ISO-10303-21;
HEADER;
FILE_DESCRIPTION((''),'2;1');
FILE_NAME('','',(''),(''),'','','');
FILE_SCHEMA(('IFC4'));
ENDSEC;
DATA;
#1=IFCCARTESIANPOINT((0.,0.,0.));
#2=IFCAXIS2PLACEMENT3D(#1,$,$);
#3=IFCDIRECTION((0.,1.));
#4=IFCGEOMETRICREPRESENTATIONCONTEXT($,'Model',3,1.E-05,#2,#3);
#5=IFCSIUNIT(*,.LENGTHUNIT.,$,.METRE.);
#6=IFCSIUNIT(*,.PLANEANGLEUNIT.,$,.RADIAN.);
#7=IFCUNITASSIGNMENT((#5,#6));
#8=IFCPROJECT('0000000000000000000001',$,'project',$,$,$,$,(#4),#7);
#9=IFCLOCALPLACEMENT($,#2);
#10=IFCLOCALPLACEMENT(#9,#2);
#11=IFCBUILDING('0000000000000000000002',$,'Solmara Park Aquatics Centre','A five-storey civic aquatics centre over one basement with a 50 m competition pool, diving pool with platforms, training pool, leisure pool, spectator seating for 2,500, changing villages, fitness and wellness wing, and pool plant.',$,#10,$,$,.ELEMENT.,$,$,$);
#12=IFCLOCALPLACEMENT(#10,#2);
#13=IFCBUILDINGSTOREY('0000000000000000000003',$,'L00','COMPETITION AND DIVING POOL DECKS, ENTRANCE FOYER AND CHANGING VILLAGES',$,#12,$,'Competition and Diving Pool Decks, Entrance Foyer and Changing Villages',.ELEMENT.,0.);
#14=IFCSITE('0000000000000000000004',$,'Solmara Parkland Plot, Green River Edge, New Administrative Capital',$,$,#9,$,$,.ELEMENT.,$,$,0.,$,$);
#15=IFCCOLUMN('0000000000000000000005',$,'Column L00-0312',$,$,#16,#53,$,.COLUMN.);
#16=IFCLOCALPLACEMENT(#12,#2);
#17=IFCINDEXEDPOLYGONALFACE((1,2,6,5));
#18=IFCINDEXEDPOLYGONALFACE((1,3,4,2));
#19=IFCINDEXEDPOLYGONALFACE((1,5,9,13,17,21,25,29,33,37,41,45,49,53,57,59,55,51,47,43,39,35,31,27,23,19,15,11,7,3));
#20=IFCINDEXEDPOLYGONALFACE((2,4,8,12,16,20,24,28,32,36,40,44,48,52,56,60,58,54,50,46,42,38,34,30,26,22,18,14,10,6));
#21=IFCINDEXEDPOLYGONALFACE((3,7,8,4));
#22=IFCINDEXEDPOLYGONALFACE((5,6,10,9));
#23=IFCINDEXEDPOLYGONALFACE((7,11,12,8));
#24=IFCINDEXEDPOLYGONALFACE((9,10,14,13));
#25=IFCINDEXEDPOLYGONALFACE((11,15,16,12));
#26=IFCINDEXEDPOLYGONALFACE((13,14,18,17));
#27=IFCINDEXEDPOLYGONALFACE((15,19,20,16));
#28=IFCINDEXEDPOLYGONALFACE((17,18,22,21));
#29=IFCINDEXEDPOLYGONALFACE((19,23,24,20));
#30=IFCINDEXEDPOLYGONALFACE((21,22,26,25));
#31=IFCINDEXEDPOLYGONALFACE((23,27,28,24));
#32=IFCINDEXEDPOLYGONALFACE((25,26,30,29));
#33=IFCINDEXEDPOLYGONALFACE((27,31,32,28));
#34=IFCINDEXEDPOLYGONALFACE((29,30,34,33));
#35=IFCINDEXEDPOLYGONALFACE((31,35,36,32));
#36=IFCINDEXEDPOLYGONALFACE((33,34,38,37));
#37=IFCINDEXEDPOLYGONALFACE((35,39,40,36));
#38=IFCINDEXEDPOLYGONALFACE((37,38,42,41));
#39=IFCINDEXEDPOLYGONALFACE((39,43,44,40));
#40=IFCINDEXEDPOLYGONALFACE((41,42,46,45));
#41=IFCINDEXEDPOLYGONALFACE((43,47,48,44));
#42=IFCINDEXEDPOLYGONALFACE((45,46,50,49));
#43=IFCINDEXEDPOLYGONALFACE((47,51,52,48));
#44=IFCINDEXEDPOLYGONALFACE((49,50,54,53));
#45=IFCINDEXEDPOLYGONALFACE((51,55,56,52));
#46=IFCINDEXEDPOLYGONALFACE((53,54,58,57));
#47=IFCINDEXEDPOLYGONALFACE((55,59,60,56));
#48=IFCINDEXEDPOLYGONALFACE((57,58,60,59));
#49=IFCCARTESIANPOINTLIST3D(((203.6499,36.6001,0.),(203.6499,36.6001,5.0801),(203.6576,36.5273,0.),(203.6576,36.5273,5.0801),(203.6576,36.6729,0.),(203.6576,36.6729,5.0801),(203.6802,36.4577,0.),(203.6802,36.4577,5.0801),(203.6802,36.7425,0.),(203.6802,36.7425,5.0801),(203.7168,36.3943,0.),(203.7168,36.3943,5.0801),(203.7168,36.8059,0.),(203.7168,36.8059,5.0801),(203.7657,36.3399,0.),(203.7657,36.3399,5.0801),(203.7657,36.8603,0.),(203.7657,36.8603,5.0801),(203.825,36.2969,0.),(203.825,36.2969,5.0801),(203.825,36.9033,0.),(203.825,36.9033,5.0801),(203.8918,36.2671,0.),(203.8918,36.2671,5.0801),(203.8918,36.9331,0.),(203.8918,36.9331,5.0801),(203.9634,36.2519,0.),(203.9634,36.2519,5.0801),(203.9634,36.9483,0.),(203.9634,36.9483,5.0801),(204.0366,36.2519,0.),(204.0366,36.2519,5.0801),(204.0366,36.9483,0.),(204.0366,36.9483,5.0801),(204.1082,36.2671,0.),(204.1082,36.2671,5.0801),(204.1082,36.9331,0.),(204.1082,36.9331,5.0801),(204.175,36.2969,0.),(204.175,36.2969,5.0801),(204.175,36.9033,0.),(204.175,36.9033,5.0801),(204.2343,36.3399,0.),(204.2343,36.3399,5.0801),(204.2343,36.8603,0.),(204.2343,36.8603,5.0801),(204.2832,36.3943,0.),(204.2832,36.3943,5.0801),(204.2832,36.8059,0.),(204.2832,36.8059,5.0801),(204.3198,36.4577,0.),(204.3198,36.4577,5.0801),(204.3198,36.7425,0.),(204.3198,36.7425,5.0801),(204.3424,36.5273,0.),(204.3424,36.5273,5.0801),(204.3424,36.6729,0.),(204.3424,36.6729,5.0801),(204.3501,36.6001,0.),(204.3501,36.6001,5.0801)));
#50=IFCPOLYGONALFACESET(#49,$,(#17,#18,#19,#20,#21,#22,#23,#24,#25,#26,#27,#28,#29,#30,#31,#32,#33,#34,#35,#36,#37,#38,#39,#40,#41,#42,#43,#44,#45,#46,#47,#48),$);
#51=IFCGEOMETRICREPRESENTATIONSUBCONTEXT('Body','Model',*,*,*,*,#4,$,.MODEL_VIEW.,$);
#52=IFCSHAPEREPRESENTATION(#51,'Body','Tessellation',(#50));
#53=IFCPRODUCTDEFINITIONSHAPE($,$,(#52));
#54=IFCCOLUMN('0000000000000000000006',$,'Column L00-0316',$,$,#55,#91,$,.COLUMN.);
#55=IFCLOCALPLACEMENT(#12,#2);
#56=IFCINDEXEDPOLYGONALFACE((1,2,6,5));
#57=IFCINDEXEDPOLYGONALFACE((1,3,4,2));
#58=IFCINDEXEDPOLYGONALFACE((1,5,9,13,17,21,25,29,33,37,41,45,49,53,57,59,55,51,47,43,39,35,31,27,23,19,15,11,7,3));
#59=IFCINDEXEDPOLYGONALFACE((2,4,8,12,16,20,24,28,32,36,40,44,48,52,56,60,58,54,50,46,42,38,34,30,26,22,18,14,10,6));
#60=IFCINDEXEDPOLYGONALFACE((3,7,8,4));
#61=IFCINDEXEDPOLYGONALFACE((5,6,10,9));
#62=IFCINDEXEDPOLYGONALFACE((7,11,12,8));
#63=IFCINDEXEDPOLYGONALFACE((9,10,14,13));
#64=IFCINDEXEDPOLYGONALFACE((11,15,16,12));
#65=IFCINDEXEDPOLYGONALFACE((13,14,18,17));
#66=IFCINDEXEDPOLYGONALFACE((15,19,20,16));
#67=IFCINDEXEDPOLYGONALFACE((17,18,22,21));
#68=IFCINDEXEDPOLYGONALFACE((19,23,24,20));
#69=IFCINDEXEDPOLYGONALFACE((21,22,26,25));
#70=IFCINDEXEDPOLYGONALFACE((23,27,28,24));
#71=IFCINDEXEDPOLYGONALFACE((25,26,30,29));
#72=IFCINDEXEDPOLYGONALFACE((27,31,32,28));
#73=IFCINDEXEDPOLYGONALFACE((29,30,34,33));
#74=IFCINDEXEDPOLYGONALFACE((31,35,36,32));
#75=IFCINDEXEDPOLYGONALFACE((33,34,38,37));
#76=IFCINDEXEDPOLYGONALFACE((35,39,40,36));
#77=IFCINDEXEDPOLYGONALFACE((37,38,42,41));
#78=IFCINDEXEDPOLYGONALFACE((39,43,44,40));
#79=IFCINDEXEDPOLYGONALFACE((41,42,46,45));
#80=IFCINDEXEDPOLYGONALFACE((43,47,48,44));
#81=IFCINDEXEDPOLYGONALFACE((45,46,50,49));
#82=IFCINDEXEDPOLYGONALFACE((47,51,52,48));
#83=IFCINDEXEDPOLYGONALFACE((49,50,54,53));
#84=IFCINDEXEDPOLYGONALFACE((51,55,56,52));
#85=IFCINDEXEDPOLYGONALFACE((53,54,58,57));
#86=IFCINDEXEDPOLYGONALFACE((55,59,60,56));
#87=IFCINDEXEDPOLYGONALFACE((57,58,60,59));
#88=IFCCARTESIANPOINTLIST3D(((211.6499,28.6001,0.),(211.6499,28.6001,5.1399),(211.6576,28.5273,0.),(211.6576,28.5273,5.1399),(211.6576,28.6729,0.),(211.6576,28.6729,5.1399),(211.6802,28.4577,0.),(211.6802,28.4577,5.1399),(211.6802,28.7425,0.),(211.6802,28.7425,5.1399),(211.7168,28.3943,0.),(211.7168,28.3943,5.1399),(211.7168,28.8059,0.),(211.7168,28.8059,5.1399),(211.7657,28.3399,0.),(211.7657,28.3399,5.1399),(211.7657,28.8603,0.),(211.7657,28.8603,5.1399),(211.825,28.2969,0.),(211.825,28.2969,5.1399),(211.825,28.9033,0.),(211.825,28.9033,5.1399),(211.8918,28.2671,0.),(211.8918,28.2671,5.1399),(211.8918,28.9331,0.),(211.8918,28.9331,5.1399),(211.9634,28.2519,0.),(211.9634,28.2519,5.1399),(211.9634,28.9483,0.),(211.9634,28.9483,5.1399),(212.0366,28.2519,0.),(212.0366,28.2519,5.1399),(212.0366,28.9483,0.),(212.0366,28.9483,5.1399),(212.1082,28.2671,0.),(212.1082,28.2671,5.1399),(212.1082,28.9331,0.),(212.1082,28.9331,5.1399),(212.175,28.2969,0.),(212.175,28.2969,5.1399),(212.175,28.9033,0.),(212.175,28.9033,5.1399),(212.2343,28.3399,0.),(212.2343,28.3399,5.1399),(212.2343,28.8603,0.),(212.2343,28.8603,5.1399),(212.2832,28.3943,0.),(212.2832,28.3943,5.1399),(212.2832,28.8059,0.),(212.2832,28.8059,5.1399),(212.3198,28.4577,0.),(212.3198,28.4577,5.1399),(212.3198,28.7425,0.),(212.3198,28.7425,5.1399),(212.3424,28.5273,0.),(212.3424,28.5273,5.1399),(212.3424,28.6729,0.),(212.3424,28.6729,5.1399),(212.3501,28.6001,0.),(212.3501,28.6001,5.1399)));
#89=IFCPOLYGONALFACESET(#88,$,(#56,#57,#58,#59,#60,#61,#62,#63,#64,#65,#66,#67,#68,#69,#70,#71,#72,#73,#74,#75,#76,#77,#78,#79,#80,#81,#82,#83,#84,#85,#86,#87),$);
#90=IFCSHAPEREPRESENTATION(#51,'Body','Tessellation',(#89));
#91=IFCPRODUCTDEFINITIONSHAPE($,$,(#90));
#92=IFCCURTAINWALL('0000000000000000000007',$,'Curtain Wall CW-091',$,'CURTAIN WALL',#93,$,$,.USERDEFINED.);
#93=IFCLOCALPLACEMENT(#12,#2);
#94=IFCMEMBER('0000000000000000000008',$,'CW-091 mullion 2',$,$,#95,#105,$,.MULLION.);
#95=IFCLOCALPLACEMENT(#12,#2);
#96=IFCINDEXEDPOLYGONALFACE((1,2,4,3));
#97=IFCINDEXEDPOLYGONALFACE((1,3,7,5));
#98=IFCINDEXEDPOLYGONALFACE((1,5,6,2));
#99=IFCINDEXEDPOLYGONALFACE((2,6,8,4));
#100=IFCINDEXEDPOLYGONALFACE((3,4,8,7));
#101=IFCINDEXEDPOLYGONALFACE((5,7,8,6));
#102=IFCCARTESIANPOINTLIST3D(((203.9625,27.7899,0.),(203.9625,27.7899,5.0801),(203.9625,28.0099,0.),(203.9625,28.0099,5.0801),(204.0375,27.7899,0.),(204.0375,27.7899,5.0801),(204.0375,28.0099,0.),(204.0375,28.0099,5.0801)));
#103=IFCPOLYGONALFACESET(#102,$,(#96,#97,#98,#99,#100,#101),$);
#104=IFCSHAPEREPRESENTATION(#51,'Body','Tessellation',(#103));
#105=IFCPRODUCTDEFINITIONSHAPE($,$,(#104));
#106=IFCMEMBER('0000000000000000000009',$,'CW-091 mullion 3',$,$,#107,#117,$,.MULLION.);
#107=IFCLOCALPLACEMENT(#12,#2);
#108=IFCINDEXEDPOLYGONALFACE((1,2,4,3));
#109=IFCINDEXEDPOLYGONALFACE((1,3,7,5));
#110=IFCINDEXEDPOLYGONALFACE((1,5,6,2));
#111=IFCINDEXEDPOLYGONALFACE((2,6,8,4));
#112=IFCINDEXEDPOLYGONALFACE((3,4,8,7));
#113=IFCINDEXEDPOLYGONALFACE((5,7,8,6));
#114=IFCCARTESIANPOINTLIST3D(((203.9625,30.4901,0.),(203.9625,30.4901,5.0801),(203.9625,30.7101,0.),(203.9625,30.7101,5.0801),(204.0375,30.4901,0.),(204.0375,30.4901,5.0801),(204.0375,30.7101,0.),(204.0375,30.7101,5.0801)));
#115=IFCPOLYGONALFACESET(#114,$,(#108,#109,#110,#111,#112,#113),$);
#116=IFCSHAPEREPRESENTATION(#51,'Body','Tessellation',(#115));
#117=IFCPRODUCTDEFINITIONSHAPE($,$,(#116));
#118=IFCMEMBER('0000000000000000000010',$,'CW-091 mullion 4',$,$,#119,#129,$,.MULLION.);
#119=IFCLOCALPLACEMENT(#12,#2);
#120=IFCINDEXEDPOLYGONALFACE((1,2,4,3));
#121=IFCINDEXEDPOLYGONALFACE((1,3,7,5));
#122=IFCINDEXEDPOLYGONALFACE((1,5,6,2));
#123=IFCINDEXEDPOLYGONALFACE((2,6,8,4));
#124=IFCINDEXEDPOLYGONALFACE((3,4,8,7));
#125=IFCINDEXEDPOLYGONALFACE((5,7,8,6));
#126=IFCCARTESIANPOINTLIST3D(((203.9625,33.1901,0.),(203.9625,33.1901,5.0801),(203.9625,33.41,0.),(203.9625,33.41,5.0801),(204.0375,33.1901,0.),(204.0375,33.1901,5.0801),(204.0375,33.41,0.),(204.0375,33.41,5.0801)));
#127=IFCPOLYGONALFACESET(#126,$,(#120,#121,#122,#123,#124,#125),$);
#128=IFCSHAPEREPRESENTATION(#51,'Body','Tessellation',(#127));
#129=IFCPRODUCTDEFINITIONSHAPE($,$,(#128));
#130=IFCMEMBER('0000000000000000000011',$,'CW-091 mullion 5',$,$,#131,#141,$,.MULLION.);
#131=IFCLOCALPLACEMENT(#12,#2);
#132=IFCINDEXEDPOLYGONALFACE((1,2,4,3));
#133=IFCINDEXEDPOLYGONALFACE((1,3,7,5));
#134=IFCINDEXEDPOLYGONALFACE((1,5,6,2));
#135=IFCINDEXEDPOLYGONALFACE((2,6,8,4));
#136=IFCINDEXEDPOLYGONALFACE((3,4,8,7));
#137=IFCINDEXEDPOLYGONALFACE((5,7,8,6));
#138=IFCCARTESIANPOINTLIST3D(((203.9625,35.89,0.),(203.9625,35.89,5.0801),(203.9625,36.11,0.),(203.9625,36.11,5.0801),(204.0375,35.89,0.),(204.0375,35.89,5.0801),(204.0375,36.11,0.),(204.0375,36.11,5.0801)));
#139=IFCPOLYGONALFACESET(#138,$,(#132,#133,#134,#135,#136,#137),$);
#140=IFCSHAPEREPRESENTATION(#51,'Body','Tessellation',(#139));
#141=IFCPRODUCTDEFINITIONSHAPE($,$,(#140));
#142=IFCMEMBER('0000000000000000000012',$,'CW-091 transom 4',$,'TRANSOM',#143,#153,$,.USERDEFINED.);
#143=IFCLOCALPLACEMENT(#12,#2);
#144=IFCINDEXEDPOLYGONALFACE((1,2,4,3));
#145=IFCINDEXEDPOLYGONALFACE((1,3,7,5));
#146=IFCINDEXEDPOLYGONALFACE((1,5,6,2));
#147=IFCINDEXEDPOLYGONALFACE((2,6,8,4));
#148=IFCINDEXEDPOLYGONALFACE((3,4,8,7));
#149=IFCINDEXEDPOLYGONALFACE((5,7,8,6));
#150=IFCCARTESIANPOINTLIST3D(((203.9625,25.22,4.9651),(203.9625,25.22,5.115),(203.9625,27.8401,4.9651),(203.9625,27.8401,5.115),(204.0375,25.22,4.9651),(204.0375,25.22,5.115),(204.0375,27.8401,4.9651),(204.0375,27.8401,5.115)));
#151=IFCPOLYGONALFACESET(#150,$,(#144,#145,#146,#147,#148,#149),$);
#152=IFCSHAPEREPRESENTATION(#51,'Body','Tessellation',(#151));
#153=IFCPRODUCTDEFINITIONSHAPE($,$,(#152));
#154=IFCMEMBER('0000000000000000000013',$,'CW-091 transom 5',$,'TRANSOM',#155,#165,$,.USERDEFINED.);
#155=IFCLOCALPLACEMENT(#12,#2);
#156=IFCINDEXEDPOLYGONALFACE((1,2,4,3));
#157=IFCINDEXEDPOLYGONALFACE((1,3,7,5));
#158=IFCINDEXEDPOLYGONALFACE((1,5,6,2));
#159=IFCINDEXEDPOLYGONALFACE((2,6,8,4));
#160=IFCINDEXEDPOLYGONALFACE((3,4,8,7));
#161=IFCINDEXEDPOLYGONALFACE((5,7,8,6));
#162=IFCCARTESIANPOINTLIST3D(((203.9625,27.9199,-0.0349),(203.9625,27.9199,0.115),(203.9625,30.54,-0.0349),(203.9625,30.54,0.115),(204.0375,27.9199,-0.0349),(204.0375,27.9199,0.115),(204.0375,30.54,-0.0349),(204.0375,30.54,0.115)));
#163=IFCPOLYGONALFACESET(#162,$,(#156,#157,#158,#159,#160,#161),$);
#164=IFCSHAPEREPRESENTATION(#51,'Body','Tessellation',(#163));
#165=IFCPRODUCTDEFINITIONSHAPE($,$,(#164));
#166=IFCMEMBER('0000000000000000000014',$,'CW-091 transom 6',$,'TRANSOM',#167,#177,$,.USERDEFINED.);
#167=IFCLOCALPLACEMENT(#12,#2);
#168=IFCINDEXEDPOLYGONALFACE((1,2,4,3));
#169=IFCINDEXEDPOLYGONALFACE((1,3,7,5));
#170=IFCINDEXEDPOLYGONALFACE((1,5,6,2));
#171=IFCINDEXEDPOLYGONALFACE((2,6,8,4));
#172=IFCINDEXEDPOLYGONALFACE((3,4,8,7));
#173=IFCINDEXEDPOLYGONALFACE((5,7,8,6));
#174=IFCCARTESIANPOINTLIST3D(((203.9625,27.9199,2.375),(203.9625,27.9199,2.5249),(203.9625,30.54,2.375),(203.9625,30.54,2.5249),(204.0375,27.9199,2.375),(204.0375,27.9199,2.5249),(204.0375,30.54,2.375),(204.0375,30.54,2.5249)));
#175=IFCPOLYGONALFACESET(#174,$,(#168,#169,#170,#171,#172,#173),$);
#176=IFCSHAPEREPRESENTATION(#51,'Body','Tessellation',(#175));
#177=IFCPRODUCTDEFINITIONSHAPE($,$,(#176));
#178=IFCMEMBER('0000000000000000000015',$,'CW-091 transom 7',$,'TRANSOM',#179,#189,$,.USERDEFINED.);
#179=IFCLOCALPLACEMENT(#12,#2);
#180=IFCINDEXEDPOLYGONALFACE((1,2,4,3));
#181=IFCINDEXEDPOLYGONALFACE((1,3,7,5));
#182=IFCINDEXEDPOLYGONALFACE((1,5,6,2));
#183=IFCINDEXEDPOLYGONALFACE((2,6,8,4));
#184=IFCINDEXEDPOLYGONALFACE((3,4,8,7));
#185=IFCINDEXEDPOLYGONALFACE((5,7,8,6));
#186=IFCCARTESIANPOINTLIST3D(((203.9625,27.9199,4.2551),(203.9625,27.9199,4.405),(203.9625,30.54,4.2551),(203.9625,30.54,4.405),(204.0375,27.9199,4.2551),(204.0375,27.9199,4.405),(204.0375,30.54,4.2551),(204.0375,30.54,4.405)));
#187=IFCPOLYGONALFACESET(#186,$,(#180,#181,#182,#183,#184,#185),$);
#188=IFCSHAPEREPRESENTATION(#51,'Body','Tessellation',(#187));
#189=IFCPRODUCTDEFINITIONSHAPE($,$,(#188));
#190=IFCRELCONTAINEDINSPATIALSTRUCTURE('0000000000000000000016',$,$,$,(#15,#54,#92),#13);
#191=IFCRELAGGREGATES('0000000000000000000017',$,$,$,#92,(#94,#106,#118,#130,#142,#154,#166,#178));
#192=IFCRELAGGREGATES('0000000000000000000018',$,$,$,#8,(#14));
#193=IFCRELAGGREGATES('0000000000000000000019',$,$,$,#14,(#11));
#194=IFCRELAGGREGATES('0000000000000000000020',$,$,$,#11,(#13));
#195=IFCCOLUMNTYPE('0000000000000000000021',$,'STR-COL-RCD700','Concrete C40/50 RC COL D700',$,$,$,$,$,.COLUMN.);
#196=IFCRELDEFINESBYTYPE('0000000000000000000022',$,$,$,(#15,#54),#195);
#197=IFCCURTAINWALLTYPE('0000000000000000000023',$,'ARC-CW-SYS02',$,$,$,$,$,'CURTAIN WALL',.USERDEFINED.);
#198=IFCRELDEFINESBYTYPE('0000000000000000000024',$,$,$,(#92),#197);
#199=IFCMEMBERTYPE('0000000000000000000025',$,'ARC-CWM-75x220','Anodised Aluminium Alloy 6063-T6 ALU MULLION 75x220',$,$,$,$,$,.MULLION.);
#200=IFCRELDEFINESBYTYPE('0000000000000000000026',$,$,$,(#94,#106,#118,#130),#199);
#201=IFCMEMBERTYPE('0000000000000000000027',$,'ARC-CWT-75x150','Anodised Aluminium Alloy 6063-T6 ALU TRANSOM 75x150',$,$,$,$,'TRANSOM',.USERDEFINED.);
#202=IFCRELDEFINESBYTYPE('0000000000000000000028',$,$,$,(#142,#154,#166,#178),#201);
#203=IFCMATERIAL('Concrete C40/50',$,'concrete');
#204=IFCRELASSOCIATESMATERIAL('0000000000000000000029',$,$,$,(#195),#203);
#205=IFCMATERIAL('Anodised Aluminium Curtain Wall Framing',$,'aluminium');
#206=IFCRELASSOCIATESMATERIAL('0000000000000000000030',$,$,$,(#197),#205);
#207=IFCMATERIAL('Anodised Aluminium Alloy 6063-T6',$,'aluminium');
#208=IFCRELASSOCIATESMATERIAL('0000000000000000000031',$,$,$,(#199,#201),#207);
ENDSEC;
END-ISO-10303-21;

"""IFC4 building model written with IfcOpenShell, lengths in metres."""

from ifc_helpers import new_model, si_unit, direction, frame, origin, origin_2d, place, context, subcontext, project, spatial, rectangle, circle, extrude, material, material_profile, profile_set, type_object, element, aggregate, save


model = new_model("IFC4")

# Units and contexts
model_context = context("Model", 3, precision=1e-05, world=origin(), true_north=direction((0.0, 1.0)))
body_context = subcontext(model_context, "Body", "Model", "MODEL_VIEW")
ifc_project = project(units=[si_unit("LENGTHUNIT", "METRE"), si_unit("PLANEANGLEUNIT", "RADIAN")], contexts=[model_context])

# Site, building, storey
site_placement = place(None, origin())
site = spatial("IfcSite", under=ifc_project, at=site_placement, Name="Solmara Parkland Plot, Green River Edge, New Administrative Capital", CompositionType="ELEMENT", RefElevation=0.0)
building_placement = place(site_placement, origin())
building = spatial("IfcBuilding", under=site, at=building_placement, Name="Solmara Park Aquatics Centre", Description="A five-storey civic aquatics centre over one basement with a 50 m competition pool, diving pool with platforms, training pool, leisure pool, spectator seating for 2,500, changing villages, fitness and wellness wing, and pool plant.", CompositionType="ELEMENT")
storey_placement = place(building_placement, origin())
storey = spatial("IfcBuildingStorey", under=building, at=storey_placement, Name="L00", Description="COMPETITION AND DIVING POOL DECKS, ENTRANCE FOYER AND CHANGING VILLAGES", LongName="Competition and Diving Pool Decks, Entrance Foyer and Changing Villages", CompositionType="ELEMENT", Elevation=0.0)

# Columns
ifc_material_1 = material(Name="Concrete C40/50", Category="concrete")
ifc_material_profile_1 = material_profile(ifc_material_1, circle(Radius=0.3501, at=origin_2d()), Name="RC COL D700")
ifc_profile_set_1 = profile_set([ifc_material_profile_1], Name="Concrete C40/50")
column_type = type_object("IfcColumnType", Name="STR-COL-RCD700", Description="Concrete C40/50 RC COL D700", PredefinedType="COLUMN", material=ifc_profile_set_1)
column_1_placement = place(storey_placement, frame((204.0, 36.6001, 0.0), z_axis=(0.0, 0.0, 1.0), x_axis=(1.0, 0.0, 0.0)))
element("IfcColumn", 1, at=column_1_placement, inside=storey, type_object=column_type, Name="Column L00-0312", PredefinedType="COLUMN", context=body_context, shape_type="SweptSolid", body=[
    extrude(circle(Radius=0.3501, at=origin_2d()), origin(), (0.0, 0.0, 1.0), 5.0801),
])
column_2_placement = place(storey_placement, frame((212.0, 28.6001, 0.0), z_axis=(0.0, 0.0, 1.0), x_axis=(1.0, 0.0, 0.0)))
element("IfcColumn", 2, at=column_2_placement, inside=storey, type_object=column_type, Name="Column L00-0316", PredefinedType="COLUMN", context=body_context, shape_type="SweptSolid", body=[
    extrude(circle(Radius=0.3501, at=origin_2d()), origin(), (0.0, 0.0, 1.0), 5.1399),
])

# Curtain wall, members
ifc_material_2 = material(Name="Anodised Aluminium Curtain Wall Framing", Category="aluminium")
curtain_wall_type = type_object("IfcCurtainWallType", Name="ARC-CW-SYS02", ElementType="CURTAIN WALL", PredefinedType="USERDEFINED", material=ifc_material_2)
curtain_wall_placement = place(storey_placement, origin())
curtain_wall = element("IfcCurtainWall", 3, at=curtain_wall_placement, inside=storey, type_object=curtain_wall_type, Name="Curtain Wall CW-091", ObjectType="CURTAIN WALL", PredefinedType="USERDEFINED")
ifc_material_3 = material(Name="Anodised Aluminium Alloy 6063-T6", Category="aluminium")
ifc_material_profile_2 = material_profile(ifc_material_3, rectangle(XDim=0.075, YDim=0.22, at=origin_2d()), Name="ALU MULLION 75x220")
ifc_profile_set_2 = profile_set([ifc_material_profile_2], Name="Anodised Aluminium Alloy 6063-T6")
member_type_1 = type_object("IfcMemberType", Name="ARC-CWM-75x220", Description="Anodised Aluminium Alloy 6063-T6 ALU MULLION 75x220", PredefinedType="MULLION", material=ifc_profile_set_2)
member_1_placement = place(storey_placement, frame((204.0, 27.8999, 0.0), z_axis=(0.0, 0.0, 1.0), x_axis=(1.0, 0.0, 0.0)))
member_1 = element("IfcMember", 4, at=member_1_placement, type_object=member_type_1, Name="CW-091 mullion 2", PredefinedType="MULLION", context=body_context, shape_type="SweptSolid", body=[
    extrude(rectangle(XDim=0.075, YDim=0.22, at=origin_2d()), origin(), (0.0, 0.0, 1.0), 5.0801),
])
member_2_placement = place(storey_placement, frame((204.0, 30.6001, 0.0), z_axis=(0.0, 0.0, 1.0), x_axis=(1.0, 0.0, 0.0)))
member_2 = element("IfcMember", 5, at=member_2_placement, type_object=member_type_1, Name="CW-091 mullion 3", PredefinedType="MULLION", context=body_context, shape_type="SweptSolid", body=[
    extrude(rectangle(XDim=0.075, YDim=0.22, at=origin_2d()), origin(), (0.0, 0.0, 1.0), 5.0801),
])
member_3_placement = place(storey_placement, frame((204.0, 33.3, 0.0), z_axis=(0.0, 0.0, 1.0), x_axis=(1.0, 0.0, 0.0)))
member_3 = element("IfcMember", 6, at=member_3_placement, type_object=member_type_1, Name="CW-091 mullion 4", PredefinedType="MULLION", context=body_context, shape_type="SweptSolid", body=[
    extrude(rectangle(XDim=0.075, YDim=0.22, at=origin_2d()), origin(), (0.0, 0.0, 1.0), 5.0801),
])
member_4_placement = place(storey_placement, frame((204.0, 36.0, 0.0), z_axis=(0.0, 0.0, 1.0), x_axis=(1.0, 0.0, 0.0)))
member_4 = element("IfcMember", 7, at=member_4_placement, type_object=member_type_1, Name="CW-091 mullion 5", PredefinedType="MULLION", context=body_context, shape_type="SweptSolid", body=[
    extrude(rectangle(XDim=0.075, YDim=0.22, at=origin_2d()), origin(), (0.0, 0.0, 1.0), 5.0801),
])
ifc_material_profile_3 = material_profile(ifc_material_3, rectangle(XDim=0.075, YDim=0.1499, at=origin_2d()), Name="ALU TRANSOM 75x150")
ifc_profile_set_3 = profile_set([ifc_material_profile_3], Name="Anodised Aluminium Alloy 6063-T6")
member_type_2 = type_object("IfcMemberType", Name="ARC-CWT-75x150", Description="Anodised Aluminium Alloy 6063-T6 ALU TRANSOM 75x150", ElementType="TRANSOM", PredefinedType="USERDEFINED", material=ifc_profile_set_3)
member_5_placement = place(storey_placement, frame((204.0, 25.22, 5.04), z_axis=(0.0, 1.0, 0.0), x_axis=(-1.0, 0.0, 0.0)))
member_5 = element("IfcMember", 8, at=member_5_placement, type_object=member_type_2, Name="CW-091 transom 4", ObjectType="TRANSOM", PredefinedType="USERDEFINED", context=body_context, shape_type="SweptSolid", body=[
    extrude(rectangle(XDim=0.075, YDim=0.1499, at=origin_2d()), origin(), (0.0, 0.0, 1.0), 2.6201),
])
member_6_placement = place(storey_placement, frame((204.0, 27.9199, 0.04), z_axis=(0.0, 1.0, 0.0), x_axis=(-1.0, 0.0, 0.0)))
member_6 = element("IfcMember", 9, at=member_6_placement, type_object=member_type_2, Name="CW-091 transom 5", ObjectType="TRANSOM", PredefinedType="USERDEFINED", context=body_context, shape_type="SweptSolid", body=[
    extrude(rectangle(XDim=0.075, YDim=0.1499, at=origin_2d()), origin(), (0.0, 0.0, 1.0), 2.6201),
])
member_7_placement = place(storey_placement, frame((204.0, 27.9199, 2.45), z_axis=(0.0, 1.0, 0.0), x_axis=(-1.0, 0.0, 0.0)))
member_7 = element("IfcMember", 10, at=member_7_placement, type_object=member_type_2, Name="CW-091 transom 6", ObjectType="TRANSOM", PredefinedType="USERDEFINED", context=body_context, shape_type="SweptSolid", body=[
    extrude(rectangle(XDim=0.075, YDim=0.1499, at=origin_2d()), origin(), (0.0, 0.0, 1.0), 2.6201),
])
member_8_placement = place(storey_placement, frame((204.0, 27.9199, 4.3301), z_axis=(0.0, 1.0, 0.0), x_axis=(-1.0, 0.0, 0.0)))
member_8 = element("IfcMember", 11, at=member_8_placement, type_object=member_type_2, Name="CW-091 transom 7", ObjectType="TRANSOM", PredefinedType="USERDEFINED", context=body_context, shape_type="SweptSolid", body=[
    extrude(rectangle(XDim=0.075, YDim=0.1499, at=origin_2d()), origin(), (0.0, 0.0, 1.0), 2.6201),
])

aggregate(curtain_wall, [member_1, member_2, member_3, member_4, member_5, member_6, member_7, member_8])

save(model, "model.ifc")
